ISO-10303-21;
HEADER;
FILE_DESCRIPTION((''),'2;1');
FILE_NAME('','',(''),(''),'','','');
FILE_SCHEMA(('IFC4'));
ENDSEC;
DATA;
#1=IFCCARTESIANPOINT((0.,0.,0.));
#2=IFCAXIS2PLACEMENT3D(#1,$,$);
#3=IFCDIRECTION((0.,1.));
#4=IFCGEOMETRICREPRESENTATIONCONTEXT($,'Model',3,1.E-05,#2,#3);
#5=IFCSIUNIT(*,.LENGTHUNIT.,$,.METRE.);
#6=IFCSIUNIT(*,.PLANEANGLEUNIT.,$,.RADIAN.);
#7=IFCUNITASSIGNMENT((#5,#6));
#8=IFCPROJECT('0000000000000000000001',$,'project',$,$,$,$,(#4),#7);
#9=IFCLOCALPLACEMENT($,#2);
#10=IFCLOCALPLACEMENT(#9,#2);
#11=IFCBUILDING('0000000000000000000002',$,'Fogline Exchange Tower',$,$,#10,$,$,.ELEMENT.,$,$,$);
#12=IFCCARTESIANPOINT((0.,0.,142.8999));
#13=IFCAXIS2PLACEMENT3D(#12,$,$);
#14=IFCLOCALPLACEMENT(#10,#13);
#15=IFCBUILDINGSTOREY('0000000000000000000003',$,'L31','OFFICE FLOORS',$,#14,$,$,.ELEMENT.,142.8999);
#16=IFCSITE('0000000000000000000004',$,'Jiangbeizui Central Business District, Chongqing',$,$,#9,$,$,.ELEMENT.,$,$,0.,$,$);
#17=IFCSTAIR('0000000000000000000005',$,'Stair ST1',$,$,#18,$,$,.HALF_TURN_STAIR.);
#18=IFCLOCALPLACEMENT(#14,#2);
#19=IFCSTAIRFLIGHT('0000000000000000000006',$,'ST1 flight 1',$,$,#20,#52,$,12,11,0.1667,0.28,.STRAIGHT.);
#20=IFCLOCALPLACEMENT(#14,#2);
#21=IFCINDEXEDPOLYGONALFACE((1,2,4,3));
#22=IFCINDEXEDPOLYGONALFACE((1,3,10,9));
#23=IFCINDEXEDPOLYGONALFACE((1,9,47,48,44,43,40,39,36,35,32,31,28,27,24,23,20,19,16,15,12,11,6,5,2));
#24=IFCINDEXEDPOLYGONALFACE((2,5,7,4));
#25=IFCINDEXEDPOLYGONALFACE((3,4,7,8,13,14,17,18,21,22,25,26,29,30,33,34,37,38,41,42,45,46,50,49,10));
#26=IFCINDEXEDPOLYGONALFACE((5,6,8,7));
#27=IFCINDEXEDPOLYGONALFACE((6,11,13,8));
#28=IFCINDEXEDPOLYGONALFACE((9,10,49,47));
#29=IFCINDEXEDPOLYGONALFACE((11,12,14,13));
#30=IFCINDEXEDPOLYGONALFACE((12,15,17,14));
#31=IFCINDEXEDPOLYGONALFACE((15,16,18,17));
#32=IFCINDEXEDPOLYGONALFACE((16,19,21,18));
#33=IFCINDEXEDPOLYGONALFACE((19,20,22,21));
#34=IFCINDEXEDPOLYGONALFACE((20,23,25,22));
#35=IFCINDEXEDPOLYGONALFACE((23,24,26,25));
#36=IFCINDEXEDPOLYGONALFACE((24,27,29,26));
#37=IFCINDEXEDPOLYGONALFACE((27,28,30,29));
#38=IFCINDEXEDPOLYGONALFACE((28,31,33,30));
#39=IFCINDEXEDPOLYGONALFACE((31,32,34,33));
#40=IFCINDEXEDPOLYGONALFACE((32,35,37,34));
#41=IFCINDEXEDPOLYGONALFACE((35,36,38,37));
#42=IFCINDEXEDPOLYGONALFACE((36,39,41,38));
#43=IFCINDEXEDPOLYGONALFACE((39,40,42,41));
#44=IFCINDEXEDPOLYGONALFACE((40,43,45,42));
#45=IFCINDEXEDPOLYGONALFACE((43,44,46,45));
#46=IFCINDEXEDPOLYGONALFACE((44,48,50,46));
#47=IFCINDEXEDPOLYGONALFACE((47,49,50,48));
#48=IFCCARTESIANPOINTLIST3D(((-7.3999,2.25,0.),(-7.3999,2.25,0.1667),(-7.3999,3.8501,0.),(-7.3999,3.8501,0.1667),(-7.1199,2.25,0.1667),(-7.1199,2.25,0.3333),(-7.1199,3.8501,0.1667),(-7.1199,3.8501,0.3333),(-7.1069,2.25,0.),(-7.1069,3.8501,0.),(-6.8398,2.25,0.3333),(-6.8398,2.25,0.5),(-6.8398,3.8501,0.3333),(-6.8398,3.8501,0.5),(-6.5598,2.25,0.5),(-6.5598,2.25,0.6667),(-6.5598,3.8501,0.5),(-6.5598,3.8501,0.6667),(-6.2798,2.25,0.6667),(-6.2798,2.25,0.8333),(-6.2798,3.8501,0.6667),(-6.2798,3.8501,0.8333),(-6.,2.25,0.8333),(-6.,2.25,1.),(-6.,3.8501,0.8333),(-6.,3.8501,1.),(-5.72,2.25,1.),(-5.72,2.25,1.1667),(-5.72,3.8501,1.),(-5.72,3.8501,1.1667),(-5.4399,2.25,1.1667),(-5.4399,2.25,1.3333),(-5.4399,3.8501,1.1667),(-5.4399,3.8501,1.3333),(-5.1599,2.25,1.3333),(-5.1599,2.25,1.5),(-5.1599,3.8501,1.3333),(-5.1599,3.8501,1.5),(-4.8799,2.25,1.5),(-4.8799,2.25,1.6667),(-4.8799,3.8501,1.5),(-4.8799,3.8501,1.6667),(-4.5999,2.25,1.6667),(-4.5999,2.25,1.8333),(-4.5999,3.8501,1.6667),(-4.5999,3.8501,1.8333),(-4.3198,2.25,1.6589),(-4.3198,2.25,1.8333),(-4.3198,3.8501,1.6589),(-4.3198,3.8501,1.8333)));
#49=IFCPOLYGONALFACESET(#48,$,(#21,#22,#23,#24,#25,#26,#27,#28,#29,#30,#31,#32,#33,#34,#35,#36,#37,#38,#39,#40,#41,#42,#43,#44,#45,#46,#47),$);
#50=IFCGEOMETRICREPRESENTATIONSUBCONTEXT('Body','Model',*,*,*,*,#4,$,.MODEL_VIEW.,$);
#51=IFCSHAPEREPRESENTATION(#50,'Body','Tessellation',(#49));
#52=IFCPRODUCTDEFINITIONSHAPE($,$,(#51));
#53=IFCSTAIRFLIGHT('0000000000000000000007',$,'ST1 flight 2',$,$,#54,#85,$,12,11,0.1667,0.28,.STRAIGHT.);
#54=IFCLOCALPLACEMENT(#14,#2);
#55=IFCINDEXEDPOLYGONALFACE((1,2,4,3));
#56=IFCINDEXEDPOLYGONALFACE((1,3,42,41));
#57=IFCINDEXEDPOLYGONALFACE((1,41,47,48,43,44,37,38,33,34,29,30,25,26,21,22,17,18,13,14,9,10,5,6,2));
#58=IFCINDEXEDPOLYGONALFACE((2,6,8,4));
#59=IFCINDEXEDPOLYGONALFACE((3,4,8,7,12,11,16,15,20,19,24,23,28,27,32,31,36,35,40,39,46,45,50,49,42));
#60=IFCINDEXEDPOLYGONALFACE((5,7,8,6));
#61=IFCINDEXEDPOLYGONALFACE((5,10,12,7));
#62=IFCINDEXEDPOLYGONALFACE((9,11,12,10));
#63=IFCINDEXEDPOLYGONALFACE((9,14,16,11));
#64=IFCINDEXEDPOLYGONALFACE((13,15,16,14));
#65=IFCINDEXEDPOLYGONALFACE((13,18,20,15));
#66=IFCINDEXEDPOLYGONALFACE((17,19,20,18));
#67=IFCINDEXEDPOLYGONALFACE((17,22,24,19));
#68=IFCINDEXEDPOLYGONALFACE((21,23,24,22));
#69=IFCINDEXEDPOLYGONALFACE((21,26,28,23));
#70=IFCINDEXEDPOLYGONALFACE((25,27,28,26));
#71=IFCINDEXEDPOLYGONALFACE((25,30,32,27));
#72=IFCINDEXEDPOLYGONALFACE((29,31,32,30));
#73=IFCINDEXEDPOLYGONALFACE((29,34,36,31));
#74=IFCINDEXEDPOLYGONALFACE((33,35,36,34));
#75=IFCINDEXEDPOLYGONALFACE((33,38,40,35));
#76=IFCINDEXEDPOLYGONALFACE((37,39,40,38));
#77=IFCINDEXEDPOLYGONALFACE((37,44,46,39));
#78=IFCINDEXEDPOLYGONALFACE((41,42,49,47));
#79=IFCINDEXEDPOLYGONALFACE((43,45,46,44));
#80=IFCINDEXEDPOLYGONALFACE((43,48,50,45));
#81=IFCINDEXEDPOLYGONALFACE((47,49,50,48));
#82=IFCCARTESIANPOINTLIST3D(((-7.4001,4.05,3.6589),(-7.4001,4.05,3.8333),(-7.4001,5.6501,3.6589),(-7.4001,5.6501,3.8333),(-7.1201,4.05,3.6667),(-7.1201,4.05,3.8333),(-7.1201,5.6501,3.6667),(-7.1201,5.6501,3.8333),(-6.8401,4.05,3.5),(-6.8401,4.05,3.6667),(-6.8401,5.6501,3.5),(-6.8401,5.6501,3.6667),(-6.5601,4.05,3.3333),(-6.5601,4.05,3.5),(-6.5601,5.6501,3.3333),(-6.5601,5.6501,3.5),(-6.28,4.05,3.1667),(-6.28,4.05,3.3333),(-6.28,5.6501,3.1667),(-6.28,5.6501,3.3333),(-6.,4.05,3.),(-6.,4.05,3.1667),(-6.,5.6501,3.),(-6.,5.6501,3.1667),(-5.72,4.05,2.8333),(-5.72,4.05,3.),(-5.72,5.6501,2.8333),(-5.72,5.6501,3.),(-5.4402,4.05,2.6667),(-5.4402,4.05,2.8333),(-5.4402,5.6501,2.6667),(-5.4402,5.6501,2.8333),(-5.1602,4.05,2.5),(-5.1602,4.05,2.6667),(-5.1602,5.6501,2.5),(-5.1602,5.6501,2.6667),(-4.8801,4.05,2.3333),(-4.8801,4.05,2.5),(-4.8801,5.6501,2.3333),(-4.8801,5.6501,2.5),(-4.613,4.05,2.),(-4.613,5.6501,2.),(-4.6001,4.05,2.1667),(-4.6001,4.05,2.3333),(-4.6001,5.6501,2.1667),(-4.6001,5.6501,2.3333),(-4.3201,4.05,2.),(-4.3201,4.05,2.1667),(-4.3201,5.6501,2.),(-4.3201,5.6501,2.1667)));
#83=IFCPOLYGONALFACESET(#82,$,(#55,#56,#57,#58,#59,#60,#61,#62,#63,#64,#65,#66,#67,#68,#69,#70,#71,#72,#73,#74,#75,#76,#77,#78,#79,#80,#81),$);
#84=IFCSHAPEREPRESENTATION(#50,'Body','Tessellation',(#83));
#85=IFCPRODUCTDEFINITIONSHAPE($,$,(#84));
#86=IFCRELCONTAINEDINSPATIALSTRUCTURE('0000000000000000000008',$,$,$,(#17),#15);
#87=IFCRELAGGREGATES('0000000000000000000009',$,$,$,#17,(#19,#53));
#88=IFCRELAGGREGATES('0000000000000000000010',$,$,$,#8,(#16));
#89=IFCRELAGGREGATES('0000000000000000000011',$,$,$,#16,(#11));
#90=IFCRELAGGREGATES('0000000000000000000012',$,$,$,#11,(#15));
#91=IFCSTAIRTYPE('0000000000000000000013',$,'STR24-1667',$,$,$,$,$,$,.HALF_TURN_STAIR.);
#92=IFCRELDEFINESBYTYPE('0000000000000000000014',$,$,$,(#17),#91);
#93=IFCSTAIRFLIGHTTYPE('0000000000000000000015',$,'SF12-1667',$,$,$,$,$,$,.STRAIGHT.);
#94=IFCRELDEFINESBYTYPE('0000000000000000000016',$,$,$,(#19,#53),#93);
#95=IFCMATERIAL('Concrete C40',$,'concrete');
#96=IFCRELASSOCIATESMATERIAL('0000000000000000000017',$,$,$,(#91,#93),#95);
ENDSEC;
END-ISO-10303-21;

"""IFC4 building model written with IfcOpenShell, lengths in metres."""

from ifc_helpers import new_model, si_unit, direction, frame, origin, place, context, subcontext, project, spatial, polyline, outline, extrude, material, type_object, element, aggregate, save


model = new_model("IFC4")

# Units and contexts
model_context = context("Model", 3, precision=1e-05, world=origin(), true_north=direction((0.0, 1.0)))
body_context = subcontext(model_context, "Body", "Model", "MODEL_VIEW")
ifc_project = project(units=[si_unit("LENGTHUNIT", "METRE"), si_unit("PLANEANGLEUNIT", "RADIAN")], contexts=[model_context])

# Site, building, storey
site_placement = place(None, origin())
site = spatial("IfcSite", under=ifc_project, at=site_placement, Name="Jiangbeizui Central Business District, Chongqing", CompositionType="ELEMENT", RefElevation=0.0)
building_placement = place(site_placement, origin())
building = spatial("IfcBuilding", under=site, at=building_placement, Name="Fogline Exchange Tower", CompositionType="ELEMENT")
storey_placement = place(building_placement, frame((0.0, 0.0, 142.8999)))
storey = spatial("IfcBuildingStorey", under=building, at=storey_placement, Name="L31", Description="OFFICE FLOORS", CompositionType="ELEMENT", Elevation=142.8999)

# Shared definitions
ifc_material_1 = material(Name="Concrete C40", Category="concrete")

# Stair, stair flights
stair_type = type_object("IfcStairType", Name="STR24-1667", PredefinedType="HALF_TURN_STAIR", material=ifc_material_1)
stair_placement = place(storey_placement, origin())
stair = element("IfcStair", 1, at=stair_placement, inside=storey, type_object=stair_type, Name="Stair ST1", PredefinedType="HALF_TURN_STAIR")
stair_flight_type = type_object("IfcStairFlightType", Name="SF12-1667", PredefinedType="STRAIGHT", material=ifc_material_1)
stair_flight_1_placement = place(storey_placement, frame((-7.3999, 3.05, 0.0), z_axis=(0.0, 0.0, 1.0), x_axis=(1.0, 0.0, 0.0)))
stair_flight_1 = element("IfcStairFlight", 2, at=stair_flight_1_placement, type_object=stair_flight_type, Name="ST1 flight 1", NumberOfRisers=12, NumberOfTreads=11, PredefinedType="STRAIGHT", RiserHeight=0.1667, TreadLength=0.28, context=body_context, shape_type="SweptSolid", body=[
    extrude(outline(polyline([(0.0, 0.0), (0.0, 0.1667), (0.28, 0.1667), (0.28, 0.3333), (0.5601, 0.3333), (0.5601, 0.5), (0.8401, 0.5), (0.8401, 0.6667), (1.1201, 0.6667), (1.1201, 0.8333), (1.3999, 0.8333), (1.3999, 1.0), (1.6799, 1.0), (1.6799, 1.1667), (1.96, 1.1667), (1.96, 1.3333), (2.24, 1.3333), (2.24, 1.5), (2.52, 1.5), (2.52, 1.6667), (2.8, 1.6667), (2.8, 1.8333), (3.0801, 1.8333), (3.0801, 2.0), (3.0801, 1.6589), (0.293, 0.0), (0.0, 0.0)])), frame((0.0, 0.8, 0.0), z_axis=(0.0, -1.0, 0.0), x_axis=(1.0, 0.0, 0.0)), (0.0, 0.0, 1.0), 1.6001),
])
stair_flight_2_placement = place(storey_placement, frame((-4.3201, 4.8501, 2.0), z_axis=(0.0, 0.0, 1.0), x_axis=(-1.0, 0.0, 0.0)))
stair_flight_2 = element("IfcStairFlight", 3, at=stair_flight_2_placement, type_object=stair_flight_type, Name="ST1 flight 2", NumberOfRisers=12, NumberOfTreads=11, PredefinedType="STRAIGHT", RiserHeight=0.1667, TreadLength=0.28, context=body_context, shape_type="SweptSolid", body=[
    extrude(outline(polyline([(0.0, 0.0), (0.0, 0.1667), (0.28, 0.1667), (0.28, 0.3333), (0.5601, 0.3333), (0.5601, 0.5), (0.8401, 0.5), (0.8401, 0.6667), (1.1201, 0.6667), (1.1201, 0.8333), (1.3999, 0.8333), (1.3999, 1.0), (1.6799, 1.0), (1.6799, 1.1667), (1.96, 1.1667), (1.96, 1.3333), (2.24, 1.3333), (2.24, 1.5), (2.52, 1.5), (2.52, 1.6667), (2.8, 1.6667), (2.8, 1.8333), (3.0801, 1.8333), (3.0801, 2.0), (3.0801, 1.6589), (0.293, 0.0), (0.0, 0.0)])), frame((0.0, 0.8, 0.0), z_axis=(0.0, -1.0, 0.0), x_axis=(1.0, 0.0, 0.0)), (0.0, 0.0, 1.0), 1.6001),
])
aggregate(stair, [stair_flight_1, stair_flight_2])

save(model, "model.ifc")
